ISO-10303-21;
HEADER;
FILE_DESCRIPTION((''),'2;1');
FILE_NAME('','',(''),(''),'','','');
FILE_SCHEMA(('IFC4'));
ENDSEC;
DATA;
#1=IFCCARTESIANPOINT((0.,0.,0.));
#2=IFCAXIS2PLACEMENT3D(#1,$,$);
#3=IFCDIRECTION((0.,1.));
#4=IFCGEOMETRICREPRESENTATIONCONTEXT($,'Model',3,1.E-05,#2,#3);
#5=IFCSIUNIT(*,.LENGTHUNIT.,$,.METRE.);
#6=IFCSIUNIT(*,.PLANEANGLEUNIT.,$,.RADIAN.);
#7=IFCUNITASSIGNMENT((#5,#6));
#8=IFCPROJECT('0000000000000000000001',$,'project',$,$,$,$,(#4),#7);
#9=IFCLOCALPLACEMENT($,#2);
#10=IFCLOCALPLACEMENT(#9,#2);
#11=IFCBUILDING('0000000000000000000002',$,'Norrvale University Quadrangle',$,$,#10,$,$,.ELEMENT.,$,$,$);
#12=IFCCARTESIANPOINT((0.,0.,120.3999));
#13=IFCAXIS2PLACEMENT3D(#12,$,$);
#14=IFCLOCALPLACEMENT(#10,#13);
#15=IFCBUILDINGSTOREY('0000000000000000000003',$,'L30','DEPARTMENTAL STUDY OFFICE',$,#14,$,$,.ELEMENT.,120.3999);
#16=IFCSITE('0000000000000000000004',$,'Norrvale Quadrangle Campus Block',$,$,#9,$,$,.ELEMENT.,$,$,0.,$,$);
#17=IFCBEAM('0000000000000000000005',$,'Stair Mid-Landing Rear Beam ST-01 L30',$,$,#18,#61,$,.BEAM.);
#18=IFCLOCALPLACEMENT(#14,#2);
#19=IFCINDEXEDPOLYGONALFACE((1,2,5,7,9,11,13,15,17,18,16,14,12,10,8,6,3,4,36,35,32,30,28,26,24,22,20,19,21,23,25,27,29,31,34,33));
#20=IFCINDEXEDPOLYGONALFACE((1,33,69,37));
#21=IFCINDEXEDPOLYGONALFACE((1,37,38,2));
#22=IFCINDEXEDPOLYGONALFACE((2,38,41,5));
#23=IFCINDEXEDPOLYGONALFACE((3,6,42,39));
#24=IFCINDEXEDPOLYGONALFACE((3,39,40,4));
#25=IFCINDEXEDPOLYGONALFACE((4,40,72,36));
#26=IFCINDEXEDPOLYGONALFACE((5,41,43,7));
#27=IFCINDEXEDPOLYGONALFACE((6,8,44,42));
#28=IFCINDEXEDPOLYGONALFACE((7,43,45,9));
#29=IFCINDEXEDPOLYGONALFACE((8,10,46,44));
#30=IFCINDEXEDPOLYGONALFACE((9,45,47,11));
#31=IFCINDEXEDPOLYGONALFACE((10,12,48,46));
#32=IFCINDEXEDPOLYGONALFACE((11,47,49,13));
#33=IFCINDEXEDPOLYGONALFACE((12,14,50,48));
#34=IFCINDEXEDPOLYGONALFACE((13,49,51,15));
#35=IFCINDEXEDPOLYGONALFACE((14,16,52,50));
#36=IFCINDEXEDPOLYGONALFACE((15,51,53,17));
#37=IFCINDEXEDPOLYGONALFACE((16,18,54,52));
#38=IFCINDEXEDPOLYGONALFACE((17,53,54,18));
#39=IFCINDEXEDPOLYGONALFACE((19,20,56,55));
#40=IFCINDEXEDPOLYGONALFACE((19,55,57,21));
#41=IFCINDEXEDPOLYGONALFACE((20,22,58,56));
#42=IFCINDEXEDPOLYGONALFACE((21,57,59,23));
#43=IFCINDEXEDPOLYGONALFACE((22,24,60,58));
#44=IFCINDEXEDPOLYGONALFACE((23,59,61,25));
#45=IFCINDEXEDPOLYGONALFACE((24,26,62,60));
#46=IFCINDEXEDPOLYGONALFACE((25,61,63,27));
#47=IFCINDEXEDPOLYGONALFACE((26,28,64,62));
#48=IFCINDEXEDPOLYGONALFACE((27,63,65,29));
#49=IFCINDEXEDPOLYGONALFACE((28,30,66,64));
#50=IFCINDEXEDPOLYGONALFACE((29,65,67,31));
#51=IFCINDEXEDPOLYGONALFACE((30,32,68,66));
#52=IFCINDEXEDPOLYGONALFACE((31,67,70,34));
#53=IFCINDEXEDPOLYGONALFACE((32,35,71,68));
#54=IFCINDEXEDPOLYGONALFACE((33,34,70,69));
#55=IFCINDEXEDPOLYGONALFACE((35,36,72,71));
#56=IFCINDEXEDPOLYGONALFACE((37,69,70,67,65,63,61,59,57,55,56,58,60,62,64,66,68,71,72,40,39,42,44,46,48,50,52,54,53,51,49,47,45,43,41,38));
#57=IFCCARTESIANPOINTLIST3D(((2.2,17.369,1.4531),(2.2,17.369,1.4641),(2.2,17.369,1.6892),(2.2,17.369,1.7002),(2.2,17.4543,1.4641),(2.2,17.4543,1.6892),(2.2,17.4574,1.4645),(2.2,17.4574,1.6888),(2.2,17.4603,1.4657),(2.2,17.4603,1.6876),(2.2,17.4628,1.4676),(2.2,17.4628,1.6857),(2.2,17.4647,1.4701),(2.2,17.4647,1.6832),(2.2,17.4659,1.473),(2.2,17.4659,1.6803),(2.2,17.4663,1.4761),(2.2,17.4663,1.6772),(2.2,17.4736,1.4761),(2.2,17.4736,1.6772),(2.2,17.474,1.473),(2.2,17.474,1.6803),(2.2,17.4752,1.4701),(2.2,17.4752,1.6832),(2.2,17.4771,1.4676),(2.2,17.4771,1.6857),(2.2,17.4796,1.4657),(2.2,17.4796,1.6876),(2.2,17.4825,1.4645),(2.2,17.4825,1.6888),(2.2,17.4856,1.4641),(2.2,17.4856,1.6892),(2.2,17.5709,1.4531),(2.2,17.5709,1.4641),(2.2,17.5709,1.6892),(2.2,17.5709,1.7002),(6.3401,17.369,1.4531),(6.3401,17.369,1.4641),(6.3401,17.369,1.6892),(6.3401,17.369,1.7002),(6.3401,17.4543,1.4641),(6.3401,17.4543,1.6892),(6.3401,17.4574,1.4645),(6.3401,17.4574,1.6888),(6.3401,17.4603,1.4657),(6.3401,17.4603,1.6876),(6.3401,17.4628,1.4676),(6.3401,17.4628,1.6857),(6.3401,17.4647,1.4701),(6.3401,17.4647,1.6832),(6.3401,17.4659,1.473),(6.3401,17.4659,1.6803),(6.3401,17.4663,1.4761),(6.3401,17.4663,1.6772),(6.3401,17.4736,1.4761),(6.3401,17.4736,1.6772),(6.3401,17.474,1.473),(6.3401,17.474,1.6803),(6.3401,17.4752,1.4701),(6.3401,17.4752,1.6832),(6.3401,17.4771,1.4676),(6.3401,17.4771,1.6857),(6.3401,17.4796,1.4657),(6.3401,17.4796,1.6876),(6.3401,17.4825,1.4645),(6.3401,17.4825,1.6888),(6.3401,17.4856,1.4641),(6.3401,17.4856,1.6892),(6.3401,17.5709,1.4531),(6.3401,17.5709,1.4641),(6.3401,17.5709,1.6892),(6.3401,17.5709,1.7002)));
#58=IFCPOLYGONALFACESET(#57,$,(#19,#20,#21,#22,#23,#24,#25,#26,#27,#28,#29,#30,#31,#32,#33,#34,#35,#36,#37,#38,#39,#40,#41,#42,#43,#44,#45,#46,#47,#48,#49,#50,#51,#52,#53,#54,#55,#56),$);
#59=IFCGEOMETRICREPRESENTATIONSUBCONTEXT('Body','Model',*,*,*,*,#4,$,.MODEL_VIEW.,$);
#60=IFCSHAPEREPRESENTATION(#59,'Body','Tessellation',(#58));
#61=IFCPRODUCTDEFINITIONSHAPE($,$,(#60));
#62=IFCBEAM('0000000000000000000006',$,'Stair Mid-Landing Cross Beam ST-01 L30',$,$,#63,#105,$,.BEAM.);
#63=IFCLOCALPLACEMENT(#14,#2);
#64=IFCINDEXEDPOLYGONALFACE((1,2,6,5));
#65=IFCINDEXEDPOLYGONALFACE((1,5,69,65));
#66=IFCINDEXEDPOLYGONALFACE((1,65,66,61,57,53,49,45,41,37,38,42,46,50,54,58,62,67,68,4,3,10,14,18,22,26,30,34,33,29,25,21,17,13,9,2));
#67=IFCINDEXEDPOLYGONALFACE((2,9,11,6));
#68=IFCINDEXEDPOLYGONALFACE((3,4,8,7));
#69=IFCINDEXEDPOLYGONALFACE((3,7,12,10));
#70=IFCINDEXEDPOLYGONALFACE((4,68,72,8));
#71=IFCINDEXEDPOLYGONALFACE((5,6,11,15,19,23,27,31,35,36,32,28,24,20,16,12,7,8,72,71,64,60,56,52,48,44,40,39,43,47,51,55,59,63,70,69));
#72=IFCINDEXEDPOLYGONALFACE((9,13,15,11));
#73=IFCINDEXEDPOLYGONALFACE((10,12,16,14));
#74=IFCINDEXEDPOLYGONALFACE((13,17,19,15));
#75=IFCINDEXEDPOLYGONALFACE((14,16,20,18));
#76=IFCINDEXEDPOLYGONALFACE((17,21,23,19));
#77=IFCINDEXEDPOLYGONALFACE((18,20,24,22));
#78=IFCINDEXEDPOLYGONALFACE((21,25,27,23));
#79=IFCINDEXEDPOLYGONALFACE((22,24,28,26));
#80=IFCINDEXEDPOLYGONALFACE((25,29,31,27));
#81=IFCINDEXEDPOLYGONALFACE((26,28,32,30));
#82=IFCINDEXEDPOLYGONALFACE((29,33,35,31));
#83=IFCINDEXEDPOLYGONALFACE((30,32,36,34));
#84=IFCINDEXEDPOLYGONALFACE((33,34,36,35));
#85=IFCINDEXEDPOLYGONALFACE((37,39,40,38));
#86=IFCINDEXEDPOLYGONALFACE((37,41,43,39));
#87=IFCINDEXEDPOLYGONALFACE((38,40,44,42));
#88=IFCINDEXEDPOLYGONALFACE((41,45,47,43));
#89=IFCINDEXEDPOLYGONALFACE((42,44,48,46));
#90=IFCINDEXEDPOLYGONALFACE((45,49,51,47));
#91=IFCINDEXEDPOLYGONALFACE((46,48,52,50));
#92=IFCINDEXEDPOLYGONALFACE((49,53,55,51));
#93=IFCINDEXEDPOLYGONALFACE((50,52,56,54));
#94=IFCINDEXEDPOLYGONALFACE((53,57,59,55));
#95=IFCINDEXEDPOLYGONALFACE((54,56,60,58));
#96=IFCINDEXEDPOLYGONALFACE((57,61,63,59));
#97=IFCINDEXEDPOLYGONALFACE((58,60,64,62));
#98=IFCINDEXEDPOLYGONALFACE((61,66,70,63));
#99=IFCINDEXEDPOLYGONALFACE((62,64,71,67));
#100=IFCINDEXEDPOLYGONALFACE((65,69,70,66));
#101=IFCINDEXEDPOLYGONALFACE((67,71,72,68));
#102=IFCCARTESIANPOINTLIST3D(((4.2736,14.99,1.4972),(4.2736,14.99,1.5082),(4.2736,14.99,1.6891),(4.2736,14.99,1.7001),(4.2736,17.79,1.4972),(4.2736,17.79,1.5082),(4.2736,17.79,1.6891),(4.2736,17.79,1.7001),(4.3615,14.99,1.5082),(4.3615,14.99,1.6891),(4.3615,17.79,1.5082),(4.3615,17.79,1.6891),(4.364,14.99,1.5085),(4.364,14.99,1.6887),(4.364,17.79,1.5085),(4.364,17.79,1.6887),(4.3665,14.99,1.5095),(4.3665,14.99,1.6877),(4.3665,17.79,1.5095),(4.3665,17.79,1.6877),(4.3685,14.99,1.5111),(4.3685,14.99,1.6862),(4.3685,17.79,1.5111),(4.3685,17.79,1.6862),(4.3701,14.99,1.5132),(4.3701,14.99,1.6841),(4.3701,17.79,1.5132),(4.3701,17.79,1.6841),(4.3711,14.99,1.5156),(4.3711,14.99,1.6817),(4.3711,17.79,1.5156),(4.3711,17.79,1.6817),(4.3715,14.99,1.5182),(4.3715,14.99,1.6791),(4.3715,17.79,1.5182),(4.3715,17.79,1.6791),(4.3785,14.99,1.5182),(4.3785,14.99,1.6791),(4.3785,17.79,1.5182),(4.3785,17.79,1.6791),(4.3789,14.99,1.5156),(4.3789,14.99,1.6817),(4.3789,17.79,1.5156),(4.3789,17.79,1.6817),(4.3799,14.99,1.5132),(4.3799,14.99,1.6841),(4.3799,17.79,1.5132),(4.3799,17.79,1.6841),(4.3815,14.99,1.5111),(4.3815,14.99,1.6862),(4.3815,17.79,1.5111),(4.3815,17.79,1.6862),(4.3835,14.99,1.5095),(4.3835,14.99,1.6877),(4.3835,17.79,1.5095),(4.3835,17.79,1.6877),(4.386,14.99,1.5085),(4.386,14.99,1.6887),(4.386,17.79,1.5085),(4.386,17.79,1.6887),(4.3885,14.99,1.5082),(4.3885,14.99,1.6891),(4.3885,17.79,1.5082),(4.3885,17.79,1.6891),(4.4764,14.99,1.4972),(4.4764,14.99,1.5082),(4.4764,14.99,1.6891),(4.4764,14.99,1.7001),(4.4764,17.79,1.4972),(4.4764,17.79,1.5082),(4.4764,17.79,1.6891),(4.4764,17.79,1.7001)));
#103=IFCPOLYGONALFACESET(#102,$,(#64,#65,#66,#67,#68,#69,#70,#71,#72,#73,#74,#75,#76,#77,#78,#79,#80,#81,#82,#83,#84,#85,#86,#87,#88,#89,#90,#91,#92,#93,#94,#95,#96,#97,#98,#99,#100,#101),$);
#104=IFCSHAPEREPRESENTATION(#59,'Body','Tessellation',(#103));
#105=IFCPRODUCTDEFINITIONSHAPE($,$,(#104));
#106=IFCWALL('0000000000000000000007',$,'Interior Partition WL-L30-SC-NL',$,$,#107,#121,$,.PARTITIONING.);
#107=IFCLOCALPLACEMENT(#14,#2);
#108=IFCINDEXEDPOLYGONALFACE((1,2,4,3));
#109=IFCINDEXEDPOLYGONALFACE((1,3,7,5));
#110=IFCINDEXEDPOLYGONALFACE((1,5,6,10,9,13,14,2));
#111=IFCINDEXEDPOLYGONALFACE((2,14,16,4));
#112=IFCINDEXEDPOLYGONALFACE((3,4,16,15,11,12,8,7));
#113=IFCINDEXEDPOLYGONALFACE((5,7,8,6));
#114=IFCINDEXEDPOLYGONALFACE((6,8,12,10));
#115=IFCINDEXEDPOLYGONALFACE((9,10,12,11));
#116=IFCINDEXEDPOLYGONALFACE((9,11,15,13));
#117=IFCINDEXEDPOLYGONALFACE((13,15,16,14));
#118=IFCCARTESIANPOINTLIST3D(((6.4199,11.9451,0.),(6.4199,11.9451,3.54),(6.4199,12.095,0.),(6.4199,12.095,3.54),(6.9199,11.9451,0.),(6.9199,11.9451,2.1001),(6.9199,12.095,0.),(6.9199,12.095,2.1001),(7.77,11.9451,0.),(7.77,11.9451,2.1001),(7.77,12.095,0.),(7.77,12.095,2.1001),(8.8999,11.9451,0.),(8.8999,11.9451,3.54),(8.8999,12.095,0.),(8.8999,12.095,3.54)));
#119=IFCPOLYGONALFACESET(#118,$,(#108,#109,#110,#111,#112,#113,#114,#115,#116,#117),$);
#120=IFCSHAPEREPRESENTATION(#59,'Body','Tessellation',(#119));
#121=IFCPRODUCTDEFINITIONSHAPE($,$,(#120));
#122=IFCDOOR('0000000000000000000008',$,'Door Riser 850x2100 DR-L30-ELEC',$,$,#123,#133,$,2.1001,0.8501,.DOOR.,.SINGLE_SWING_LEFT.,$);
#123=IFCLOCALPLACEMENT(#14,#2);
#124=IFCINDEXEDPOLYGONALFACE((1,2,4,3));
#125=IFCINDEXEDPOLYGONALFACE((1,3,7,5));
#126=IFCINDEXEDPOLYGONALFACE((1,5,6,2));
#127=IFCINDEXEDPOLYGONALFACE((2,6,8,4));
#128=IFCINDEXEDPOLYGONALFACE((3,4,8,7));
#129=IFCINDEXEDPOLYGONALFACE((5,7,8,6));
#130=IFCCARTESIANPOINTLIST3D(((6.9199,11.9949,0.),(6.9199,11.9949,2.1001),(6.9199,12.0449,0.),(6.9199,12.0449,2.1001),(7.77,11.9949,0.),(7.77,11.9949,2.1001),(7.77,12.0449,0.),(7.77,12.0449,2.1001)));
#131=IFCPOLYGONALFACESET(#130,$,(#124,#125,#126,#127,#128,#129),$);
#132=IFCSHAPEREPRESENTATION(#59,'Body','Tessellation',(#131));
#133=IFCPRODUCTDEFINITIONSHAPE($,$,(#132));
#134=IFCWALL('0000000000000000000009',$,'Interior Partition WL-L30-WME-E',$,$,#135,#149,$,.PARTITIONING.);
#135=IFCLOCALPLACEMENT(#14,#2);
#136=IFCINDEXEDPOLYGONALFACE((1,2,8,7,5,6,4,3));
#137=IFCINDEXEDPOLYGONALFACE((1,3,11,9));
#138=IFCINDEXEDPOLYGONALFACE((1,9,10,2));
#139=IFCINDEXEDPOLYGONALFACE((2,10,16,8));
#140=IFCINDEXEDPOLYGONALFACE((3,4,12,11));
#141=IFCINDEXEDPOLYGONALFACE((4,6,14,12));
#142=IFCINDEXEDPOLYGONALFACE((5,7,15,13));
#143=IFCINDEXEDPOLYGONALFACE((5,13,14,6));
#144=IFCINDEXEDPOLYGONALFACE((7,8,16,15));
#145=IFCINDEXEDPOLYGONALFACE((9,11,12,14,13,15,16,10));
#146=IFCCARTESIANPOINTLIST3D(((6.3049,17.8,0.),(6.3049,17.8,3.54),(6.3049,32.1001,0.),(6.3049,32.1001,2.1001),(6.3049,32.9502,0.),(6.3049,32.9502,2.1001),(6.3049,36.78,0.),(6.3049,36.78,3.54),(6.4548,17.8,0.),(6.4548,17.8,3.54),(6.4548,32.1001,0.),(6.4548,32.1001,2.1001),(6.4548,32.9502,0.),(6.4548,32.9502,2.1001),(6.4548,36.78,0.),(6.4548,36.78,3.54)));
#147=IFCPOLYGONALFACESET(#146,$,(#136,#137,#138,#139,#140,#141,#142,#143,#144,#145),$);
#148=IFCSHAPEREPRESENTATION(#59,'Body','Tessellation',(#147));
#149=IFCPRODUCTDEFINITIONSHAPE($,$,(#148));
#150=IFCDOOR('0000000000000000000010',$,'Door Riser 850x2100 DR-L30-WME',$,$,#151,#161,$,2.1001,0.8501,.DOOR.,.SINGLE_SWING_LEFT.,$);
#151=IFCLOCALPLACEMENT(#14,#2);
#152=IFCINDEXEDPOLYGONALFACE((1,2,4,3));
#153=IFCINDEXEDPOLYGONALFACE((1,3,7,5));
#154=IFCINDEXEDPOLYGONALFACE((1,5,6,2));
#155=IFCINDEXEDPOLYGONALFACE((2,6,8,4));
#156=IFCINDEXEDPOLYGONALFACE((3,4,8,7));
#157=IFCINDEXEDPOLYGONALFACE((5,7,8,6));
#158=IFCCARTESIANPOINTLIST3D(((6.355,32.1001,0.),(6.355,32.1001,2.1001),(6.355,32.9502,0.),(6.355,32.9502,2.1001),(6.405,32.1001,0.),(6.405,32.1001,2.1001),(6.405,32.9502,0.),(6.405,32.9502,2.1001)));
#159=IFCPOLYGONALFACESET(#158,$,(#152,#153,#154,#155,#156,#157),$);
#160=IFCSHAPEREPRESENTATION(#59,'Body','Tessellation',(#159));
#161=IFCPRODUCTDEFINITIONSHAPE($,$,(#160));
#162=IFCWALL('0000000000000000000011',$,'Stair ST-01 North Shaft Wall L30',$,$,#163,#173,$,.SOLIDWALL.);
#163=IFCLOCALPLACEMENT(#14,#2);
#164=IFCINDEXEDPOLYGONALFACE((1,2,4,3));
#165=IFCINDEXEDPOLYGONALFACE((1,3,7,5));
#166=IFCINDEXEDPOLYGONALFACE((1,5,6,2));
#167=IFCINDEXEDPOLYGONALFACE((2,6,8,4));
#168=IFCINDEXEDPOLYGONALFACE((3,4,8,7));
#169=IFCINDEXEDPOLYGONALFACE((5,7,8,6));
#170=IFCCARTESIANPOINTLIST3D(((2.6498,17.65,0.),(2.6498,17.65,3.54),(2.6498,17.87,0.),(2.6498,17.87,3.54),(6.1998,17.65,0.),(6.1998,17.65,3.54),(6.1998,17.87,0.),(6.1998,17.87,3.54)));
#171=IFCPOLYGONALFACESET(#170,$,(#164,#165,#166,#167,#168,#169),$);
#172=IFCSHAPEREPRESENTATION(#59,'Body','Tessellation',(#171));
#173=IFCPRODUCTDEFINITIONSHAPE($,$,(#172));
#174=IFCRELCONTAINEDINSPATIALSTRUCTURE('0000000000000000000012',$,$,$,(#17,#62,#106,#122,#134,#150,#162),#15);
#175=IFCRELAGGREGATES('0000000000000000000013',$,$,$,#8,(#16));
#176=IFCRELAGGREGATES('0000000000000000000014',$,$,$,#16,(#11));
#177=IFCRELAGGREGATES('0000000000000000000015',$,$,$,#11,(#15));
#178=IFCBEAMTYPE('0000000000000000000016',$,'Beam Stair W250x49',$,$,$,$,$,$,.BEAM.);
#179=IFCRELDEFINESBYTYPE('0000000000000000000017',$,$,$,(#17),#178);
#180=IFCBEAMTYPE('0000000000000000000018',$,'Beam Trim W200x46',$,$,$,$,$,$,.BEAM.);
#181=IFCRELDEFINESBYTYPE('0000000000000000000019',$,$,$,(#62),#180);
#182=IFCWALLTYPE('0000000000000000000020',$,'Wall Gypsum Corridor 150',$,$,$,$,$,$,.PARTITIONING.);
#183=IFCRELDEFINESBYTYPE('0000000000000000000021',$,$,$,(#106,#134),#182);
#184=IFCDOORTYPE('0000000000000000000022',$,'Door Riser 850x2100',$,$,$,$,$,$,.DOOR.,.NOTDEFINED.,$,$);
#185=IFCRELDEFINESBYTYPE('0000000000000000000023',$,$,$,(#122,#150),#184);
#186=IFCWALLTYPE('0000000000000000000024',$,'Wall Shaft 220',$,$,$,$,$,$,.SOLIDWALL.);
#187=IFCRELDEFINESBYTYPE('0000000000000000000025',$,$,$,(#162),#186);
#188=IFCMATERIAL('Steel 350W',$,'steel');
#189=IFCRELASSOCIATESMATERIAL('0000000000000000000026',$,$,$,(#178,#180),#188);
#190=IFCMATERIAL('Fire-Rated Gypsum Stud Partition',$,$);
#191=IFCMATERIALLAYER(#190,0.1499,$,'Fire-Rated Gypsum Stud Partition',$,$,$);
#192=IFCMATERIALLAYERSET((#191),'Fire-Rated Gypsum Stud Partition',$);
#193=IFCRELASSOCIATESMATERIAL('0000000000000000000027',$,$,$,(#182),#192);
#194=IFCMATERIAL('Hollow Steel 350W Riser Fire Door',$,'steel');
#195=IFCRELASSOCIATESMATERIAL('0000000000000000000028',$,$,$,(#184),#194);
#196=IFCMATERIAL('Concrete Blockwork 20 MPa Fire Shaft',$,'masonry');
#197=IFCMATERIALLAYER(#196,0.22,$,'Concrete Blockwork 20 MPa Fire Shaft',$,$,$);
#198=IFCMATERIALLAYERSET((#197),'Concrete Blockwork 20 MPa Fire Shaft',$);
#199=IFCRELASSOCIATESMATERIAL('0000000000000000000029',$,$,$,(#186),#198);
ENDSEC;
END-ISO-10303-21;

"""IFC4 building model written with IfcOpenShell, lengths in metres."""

from ifc_helpers import new_model, si_unit, direction, frame, frame_2d, origin, origin_2d, place, context, subcontext, project, spatial, rectangle, i_section, extrude, material, layer, layer_set, material_profile, profile_set, type_object, element, fill, save


model = new_model("IFC4")

# Units and contexts
model_context = context("Model", 3, precision=1e-05, world=origin(), true_north=direction((0.0, 1.0)))
body_context = subcontext(model_context, "Body", "Model", "MODEL_VIEW")
ifc_project = project(units=[si_unit("LENGTHUNIT", "METRE"), si_unit("PLANEANGLEUNIT", "RADIAN")], contexts=[model_context])

# Site, building, storey
site_placement = place(None, origin())
site = spatial("IfcSite", under=ifc_project, at=site_placement, Name="Norrvale Quadrangle Campus Block", CompositionType="ELEMENT", RefElevation=0.0)
building_placement = place(site_placement, origin())
building = spatial("IfcBuilding", under=site, at=building_placement, Name="Norrvale University Quadrangle", CompositionType="ELEMENT")
storey_placement = place(building_placement, frame((0.0, 0.0, 120.3999)))
storey = spatial("IfcBuildingStorey", under=building, at=storey_placement, Name="L30", Description="DEPARTMENTAL STUDY OFFICE", CompositionType="ELEMENT", Elevation=120.3999)

# Beams
ifc_material_1 = material(Name="Steel 350W", Category="steel")
ifc_material_profile_1 = material_profile(ifc_material_1, i_section(OverallWidth=0.2019, OverallDepth=0.2471, WebThickness=0.0073, FlangeThickness=0.011, FilletRadius=0.012, at=origin_2d()), Name="Steel 350W")
ifc_profile_set_1 = profile_set([ifc_material_profile_1], Name="Steel 350W")
beam_type_1 = type_object("IfcBeamType", Name="Beam Stair W250x49", PredefinedType="BEAM", material=ifc_profile_set_1)
for number, where, z_axis, x_axis, name in (
    (1, (2.2, 17.47, 1.5767), (1.0, 0.0, 0.0), (0.0, 1.0, 0.0), "Stair Mid-Landing Rear Beam ST-01 L30"),
):
    element("IfcBeam", number, at=place(storey_placement, frame(where, z_axis=z_axis, x_axis=x_axis)), inside=storey, type_object=beam_type_1, Name=name, PredefinedType="BEAM", context=body_context, shape_type="SweptSolid", body=[
        extrude(i_section(OverallWidth=0.2019, OverallDepth=0.2471, WebThickness=0.0073, FlangeThickness=0.011, FilletRadius=0.012, at=origin_2d()), origin(), (0.0, 0.0, 1.0), 4.1401),
    ])
ifc_material_profile_2 = material_profile(ifc_material_1, i_section(OverallWidth=0.2029, OverallDepth=0.2029, WebThickness=0.0071, FlangeThickness=0.011, FilletRadius=0.01, at=origin_2d()), Name="Steel 350W")
ifc_profile_set_2 = profile_set([ifc_material_profile_2], Name="Steel 350W")
beam_type_2 = type_object("IfcBeamType", Name="Beam Trim W200x46", PredefinedType="BEAM", material=ifc_profile_set_2)
beam_1_placement = place(storey_placement, frame((4.375, 14.99, 1.5986), z_axis=(0.0, 1.0, 0.0), x_axis=(-1.0, 0.0, 0.0)))
element("IfcBeam", 2, at=beam_1_placement, inside=storey, type_object=beam_type_2, Name="Stair Mid-Landing Cross Beam ST-01 L30", PredefinedType="BEAM", context=body_context, shape_type="SweptSolid", body=[
    extrude(i_section(OverallWidth=0.2029, OverallDepth=0.2029, WebThickness=0.0071, FlangeThickness=0.011, FilletRadius=0.01, at=origin_2d()), origin(), (0.0, 0.0, 1.0), 2.8),
])

# Walls, openings, doors
ifc_material_2 = material(Name="Fire-Rated Gypsum Stud Partition")
ifc_layer_1 = layer(ifc_material_2, 0.1499, Name="Fire-Rated Gypsum Stud Partition")
ifc_layer_set_1 = layer_set([ifc_layer_1], Name="Fire-Rated Gypsum Stud Partition")
wall_type_1 = type_object("IfcWallType", Name="Wall Gypsum Corridor 150", PredefinedType="PARTITIONING", material=ifc_layer_set_1)
wall_1_placement = place(storey_placement, frame((6.4199, 12.02, 0.0), z_axis=(0.0, 0.0, 1.0), x_axis=(1.0, 0.0, 0.0)))
wall_1 = element("IfcWall", 3, at=wall_1_placement, inside=storey, type_object=wall_type_1, Name="Interior Partition WL-L30-SC-NL", PredefinedType="PARTITIONING", context=body_context, shape_type="SweptSolid", body=[
    extrude(rectangle(XDim=2.48, YDim=0.1499, at=frame_2d((1.24, 0.0))), origin(), (0.0, 0.0, 1.0), 3.54),
])
opening_1_placement = place(wall_1_placement, frame((0.5, 0.0, 0.0)))
opening_1 = element("IfcOpeningElement", 4, at=opening_1_placement, cuts=wall_1, PredefinedType="OPENING", context=body_context, shape_type="SweptSolid", body=[
    extrude(rectangle(XDim=0.8501, YDim=2.1001, at=frame_2d((0.425, 1.05))), frame((0.0, 0.0869, 0.0), z_axis=(0.0, -1.0, 0.0), x_axis=(1.0, 0.0, 0.0)), (0.0, 0.0, 1.0), 0.1738),
])
ifc_material_3 = material(Name="Hollow Steel 350W Riser Fire Door", Category="steel")
door_type = type_object("IfcDoorType", Name="Door Riser 850x2100", OperationType="NOTDEFINED", PredefinedType="DOOR", material=ifc_material_3)
door_1_placement = place(opening_1_placement, origin())
door_1 = element("IfcDoor", 5, at=door_1_placement, inside=storey, type_object=door_type, Name="Door Riser 850x2100 DR-L30-ELEC", OperationType="SINGLE_SWING_LEFT", OverallHeight=2.1001, OverallWidth=0.8501, PredefinedType="DOOR", context=body_context, shape_type="SweptSolid", body=[
    extrude(rectangle(XDim=0.8501, YDim=2.1001, at=frame_2d((0.425, 1.05))), frame((0.0, 0.0249, 0.0), z_axis=(0.0, -1.0, 0.0), x_axis=(1.0, 0.0, 0.0)), (0.0, 0.0, 1.0), 0.05),
])
fill(opening_1, door_1)
wall_2_placement = place(storey_placement, frame((6.3799, 17.8, 0.0), z_axis=(0.0, 0.0, 1.0), x_axis=(0.0, 1.0, 0.0)))
wall_2 = element("IfcWall", 6, at=wall_2_placement, inside=storey, type_object=wall_type_1, Name="Interior Partition WL-L30-WME-E", PredefinedType="PARTITIONING", context=body_context, shape_type="SweptSolid", body=[
    extrude(rectangle(XDim=18.98, YDim=0.1499, at=frame_2d((9.49, 0.0))), origin(), (0.0, 0.0, 1.0), 3.54),
])
opening_2_placement = place(wall_2_placement, frame((14.3, 0.0, 0.0)))
opening_2 = element("IfcOpeningElement", 7, at=opening_2_placement, cuts=wall_2, PredefinedType="OPENING", context=body_context, shape_type="SweptSolid", body=[
    extrude(rectangle(XDim=0.8501, YDim=2.1001, at=frame_2d((0.425, 1.05))), frame((0.0, 0.0869, 0.0), z_axis=(0.0, -1.0, 0.0), x_axis=(1.0, 0.0, 0.0)), (0.0, 0.0, 1.0), 0.1738),
])
door_2_placement = place(opening_2_placement, origin())
door_2 = element("IfcDoor", 8, at=door_2_placement, inside=storey, type_object=door_type, Name="Door Riser 850x2100 DR-L30-WME", OperationType="SINGLE_SWING_LEFT", OverallHeight=2.1001, OverallWidth=0.8501, PredefinedType="DOOR", context=body_context, shape_type="SweptSolid", body=[
    extrude(rectangle(XDim=0.8501, YDim=2.1001, at=frame_2d((0.425, 1.05))), frame((0.0, 0.0249, 0.0), z_axis=(0.0, -1.0, 0.0), x_axis=(1.0, 0.0, 0.0)), (0.0, 0.0, 1.0), 0.05),
])
fill(opening_2, door_2)

# Wall
ifc_material_4 = material(Name="Concrete Blockwork 20 MPa Fire Shaft", Category="masonry")
ifc_layer_2 = layer(ifc_material_4, 0.22, Name="Concrete Blockwork 20 MPa Fire Shaft")
ifc_layer_set_2 = layer_set([ifc_layer_2], Name="Concrete Blockwork 20 MPa Fire Shaft")
wall_type_2 = type_object("IfcWallType", Name="Wall Shaft 220", PredefinedType="SOLIDWALL", material=ifc_layer_set_2)
wall_3_placement = place(storey_placement, frame((2.6499, 17.76, 0.0), z_axis=(0.0, 0.0, 1.0), x_axis=(1.0, 0.0, 0.0)))
element("IfcWall", 9, at=wall_3_placement, inside=storey, type_object=wall_type_2, Name="Stair ST-01 North Shaft Wall L30", PredefinedType="SOLIDWALL", context=body_context, shape_type="SweptSolid", body=[
    extrude(rectangle(XDim=3.55, YDim=0.22, at=frame_2d((1.7749, 0.0))), origin(), (0.0, 0.0, 1.0), 3.54),
])

save(model, "model.ifc")
